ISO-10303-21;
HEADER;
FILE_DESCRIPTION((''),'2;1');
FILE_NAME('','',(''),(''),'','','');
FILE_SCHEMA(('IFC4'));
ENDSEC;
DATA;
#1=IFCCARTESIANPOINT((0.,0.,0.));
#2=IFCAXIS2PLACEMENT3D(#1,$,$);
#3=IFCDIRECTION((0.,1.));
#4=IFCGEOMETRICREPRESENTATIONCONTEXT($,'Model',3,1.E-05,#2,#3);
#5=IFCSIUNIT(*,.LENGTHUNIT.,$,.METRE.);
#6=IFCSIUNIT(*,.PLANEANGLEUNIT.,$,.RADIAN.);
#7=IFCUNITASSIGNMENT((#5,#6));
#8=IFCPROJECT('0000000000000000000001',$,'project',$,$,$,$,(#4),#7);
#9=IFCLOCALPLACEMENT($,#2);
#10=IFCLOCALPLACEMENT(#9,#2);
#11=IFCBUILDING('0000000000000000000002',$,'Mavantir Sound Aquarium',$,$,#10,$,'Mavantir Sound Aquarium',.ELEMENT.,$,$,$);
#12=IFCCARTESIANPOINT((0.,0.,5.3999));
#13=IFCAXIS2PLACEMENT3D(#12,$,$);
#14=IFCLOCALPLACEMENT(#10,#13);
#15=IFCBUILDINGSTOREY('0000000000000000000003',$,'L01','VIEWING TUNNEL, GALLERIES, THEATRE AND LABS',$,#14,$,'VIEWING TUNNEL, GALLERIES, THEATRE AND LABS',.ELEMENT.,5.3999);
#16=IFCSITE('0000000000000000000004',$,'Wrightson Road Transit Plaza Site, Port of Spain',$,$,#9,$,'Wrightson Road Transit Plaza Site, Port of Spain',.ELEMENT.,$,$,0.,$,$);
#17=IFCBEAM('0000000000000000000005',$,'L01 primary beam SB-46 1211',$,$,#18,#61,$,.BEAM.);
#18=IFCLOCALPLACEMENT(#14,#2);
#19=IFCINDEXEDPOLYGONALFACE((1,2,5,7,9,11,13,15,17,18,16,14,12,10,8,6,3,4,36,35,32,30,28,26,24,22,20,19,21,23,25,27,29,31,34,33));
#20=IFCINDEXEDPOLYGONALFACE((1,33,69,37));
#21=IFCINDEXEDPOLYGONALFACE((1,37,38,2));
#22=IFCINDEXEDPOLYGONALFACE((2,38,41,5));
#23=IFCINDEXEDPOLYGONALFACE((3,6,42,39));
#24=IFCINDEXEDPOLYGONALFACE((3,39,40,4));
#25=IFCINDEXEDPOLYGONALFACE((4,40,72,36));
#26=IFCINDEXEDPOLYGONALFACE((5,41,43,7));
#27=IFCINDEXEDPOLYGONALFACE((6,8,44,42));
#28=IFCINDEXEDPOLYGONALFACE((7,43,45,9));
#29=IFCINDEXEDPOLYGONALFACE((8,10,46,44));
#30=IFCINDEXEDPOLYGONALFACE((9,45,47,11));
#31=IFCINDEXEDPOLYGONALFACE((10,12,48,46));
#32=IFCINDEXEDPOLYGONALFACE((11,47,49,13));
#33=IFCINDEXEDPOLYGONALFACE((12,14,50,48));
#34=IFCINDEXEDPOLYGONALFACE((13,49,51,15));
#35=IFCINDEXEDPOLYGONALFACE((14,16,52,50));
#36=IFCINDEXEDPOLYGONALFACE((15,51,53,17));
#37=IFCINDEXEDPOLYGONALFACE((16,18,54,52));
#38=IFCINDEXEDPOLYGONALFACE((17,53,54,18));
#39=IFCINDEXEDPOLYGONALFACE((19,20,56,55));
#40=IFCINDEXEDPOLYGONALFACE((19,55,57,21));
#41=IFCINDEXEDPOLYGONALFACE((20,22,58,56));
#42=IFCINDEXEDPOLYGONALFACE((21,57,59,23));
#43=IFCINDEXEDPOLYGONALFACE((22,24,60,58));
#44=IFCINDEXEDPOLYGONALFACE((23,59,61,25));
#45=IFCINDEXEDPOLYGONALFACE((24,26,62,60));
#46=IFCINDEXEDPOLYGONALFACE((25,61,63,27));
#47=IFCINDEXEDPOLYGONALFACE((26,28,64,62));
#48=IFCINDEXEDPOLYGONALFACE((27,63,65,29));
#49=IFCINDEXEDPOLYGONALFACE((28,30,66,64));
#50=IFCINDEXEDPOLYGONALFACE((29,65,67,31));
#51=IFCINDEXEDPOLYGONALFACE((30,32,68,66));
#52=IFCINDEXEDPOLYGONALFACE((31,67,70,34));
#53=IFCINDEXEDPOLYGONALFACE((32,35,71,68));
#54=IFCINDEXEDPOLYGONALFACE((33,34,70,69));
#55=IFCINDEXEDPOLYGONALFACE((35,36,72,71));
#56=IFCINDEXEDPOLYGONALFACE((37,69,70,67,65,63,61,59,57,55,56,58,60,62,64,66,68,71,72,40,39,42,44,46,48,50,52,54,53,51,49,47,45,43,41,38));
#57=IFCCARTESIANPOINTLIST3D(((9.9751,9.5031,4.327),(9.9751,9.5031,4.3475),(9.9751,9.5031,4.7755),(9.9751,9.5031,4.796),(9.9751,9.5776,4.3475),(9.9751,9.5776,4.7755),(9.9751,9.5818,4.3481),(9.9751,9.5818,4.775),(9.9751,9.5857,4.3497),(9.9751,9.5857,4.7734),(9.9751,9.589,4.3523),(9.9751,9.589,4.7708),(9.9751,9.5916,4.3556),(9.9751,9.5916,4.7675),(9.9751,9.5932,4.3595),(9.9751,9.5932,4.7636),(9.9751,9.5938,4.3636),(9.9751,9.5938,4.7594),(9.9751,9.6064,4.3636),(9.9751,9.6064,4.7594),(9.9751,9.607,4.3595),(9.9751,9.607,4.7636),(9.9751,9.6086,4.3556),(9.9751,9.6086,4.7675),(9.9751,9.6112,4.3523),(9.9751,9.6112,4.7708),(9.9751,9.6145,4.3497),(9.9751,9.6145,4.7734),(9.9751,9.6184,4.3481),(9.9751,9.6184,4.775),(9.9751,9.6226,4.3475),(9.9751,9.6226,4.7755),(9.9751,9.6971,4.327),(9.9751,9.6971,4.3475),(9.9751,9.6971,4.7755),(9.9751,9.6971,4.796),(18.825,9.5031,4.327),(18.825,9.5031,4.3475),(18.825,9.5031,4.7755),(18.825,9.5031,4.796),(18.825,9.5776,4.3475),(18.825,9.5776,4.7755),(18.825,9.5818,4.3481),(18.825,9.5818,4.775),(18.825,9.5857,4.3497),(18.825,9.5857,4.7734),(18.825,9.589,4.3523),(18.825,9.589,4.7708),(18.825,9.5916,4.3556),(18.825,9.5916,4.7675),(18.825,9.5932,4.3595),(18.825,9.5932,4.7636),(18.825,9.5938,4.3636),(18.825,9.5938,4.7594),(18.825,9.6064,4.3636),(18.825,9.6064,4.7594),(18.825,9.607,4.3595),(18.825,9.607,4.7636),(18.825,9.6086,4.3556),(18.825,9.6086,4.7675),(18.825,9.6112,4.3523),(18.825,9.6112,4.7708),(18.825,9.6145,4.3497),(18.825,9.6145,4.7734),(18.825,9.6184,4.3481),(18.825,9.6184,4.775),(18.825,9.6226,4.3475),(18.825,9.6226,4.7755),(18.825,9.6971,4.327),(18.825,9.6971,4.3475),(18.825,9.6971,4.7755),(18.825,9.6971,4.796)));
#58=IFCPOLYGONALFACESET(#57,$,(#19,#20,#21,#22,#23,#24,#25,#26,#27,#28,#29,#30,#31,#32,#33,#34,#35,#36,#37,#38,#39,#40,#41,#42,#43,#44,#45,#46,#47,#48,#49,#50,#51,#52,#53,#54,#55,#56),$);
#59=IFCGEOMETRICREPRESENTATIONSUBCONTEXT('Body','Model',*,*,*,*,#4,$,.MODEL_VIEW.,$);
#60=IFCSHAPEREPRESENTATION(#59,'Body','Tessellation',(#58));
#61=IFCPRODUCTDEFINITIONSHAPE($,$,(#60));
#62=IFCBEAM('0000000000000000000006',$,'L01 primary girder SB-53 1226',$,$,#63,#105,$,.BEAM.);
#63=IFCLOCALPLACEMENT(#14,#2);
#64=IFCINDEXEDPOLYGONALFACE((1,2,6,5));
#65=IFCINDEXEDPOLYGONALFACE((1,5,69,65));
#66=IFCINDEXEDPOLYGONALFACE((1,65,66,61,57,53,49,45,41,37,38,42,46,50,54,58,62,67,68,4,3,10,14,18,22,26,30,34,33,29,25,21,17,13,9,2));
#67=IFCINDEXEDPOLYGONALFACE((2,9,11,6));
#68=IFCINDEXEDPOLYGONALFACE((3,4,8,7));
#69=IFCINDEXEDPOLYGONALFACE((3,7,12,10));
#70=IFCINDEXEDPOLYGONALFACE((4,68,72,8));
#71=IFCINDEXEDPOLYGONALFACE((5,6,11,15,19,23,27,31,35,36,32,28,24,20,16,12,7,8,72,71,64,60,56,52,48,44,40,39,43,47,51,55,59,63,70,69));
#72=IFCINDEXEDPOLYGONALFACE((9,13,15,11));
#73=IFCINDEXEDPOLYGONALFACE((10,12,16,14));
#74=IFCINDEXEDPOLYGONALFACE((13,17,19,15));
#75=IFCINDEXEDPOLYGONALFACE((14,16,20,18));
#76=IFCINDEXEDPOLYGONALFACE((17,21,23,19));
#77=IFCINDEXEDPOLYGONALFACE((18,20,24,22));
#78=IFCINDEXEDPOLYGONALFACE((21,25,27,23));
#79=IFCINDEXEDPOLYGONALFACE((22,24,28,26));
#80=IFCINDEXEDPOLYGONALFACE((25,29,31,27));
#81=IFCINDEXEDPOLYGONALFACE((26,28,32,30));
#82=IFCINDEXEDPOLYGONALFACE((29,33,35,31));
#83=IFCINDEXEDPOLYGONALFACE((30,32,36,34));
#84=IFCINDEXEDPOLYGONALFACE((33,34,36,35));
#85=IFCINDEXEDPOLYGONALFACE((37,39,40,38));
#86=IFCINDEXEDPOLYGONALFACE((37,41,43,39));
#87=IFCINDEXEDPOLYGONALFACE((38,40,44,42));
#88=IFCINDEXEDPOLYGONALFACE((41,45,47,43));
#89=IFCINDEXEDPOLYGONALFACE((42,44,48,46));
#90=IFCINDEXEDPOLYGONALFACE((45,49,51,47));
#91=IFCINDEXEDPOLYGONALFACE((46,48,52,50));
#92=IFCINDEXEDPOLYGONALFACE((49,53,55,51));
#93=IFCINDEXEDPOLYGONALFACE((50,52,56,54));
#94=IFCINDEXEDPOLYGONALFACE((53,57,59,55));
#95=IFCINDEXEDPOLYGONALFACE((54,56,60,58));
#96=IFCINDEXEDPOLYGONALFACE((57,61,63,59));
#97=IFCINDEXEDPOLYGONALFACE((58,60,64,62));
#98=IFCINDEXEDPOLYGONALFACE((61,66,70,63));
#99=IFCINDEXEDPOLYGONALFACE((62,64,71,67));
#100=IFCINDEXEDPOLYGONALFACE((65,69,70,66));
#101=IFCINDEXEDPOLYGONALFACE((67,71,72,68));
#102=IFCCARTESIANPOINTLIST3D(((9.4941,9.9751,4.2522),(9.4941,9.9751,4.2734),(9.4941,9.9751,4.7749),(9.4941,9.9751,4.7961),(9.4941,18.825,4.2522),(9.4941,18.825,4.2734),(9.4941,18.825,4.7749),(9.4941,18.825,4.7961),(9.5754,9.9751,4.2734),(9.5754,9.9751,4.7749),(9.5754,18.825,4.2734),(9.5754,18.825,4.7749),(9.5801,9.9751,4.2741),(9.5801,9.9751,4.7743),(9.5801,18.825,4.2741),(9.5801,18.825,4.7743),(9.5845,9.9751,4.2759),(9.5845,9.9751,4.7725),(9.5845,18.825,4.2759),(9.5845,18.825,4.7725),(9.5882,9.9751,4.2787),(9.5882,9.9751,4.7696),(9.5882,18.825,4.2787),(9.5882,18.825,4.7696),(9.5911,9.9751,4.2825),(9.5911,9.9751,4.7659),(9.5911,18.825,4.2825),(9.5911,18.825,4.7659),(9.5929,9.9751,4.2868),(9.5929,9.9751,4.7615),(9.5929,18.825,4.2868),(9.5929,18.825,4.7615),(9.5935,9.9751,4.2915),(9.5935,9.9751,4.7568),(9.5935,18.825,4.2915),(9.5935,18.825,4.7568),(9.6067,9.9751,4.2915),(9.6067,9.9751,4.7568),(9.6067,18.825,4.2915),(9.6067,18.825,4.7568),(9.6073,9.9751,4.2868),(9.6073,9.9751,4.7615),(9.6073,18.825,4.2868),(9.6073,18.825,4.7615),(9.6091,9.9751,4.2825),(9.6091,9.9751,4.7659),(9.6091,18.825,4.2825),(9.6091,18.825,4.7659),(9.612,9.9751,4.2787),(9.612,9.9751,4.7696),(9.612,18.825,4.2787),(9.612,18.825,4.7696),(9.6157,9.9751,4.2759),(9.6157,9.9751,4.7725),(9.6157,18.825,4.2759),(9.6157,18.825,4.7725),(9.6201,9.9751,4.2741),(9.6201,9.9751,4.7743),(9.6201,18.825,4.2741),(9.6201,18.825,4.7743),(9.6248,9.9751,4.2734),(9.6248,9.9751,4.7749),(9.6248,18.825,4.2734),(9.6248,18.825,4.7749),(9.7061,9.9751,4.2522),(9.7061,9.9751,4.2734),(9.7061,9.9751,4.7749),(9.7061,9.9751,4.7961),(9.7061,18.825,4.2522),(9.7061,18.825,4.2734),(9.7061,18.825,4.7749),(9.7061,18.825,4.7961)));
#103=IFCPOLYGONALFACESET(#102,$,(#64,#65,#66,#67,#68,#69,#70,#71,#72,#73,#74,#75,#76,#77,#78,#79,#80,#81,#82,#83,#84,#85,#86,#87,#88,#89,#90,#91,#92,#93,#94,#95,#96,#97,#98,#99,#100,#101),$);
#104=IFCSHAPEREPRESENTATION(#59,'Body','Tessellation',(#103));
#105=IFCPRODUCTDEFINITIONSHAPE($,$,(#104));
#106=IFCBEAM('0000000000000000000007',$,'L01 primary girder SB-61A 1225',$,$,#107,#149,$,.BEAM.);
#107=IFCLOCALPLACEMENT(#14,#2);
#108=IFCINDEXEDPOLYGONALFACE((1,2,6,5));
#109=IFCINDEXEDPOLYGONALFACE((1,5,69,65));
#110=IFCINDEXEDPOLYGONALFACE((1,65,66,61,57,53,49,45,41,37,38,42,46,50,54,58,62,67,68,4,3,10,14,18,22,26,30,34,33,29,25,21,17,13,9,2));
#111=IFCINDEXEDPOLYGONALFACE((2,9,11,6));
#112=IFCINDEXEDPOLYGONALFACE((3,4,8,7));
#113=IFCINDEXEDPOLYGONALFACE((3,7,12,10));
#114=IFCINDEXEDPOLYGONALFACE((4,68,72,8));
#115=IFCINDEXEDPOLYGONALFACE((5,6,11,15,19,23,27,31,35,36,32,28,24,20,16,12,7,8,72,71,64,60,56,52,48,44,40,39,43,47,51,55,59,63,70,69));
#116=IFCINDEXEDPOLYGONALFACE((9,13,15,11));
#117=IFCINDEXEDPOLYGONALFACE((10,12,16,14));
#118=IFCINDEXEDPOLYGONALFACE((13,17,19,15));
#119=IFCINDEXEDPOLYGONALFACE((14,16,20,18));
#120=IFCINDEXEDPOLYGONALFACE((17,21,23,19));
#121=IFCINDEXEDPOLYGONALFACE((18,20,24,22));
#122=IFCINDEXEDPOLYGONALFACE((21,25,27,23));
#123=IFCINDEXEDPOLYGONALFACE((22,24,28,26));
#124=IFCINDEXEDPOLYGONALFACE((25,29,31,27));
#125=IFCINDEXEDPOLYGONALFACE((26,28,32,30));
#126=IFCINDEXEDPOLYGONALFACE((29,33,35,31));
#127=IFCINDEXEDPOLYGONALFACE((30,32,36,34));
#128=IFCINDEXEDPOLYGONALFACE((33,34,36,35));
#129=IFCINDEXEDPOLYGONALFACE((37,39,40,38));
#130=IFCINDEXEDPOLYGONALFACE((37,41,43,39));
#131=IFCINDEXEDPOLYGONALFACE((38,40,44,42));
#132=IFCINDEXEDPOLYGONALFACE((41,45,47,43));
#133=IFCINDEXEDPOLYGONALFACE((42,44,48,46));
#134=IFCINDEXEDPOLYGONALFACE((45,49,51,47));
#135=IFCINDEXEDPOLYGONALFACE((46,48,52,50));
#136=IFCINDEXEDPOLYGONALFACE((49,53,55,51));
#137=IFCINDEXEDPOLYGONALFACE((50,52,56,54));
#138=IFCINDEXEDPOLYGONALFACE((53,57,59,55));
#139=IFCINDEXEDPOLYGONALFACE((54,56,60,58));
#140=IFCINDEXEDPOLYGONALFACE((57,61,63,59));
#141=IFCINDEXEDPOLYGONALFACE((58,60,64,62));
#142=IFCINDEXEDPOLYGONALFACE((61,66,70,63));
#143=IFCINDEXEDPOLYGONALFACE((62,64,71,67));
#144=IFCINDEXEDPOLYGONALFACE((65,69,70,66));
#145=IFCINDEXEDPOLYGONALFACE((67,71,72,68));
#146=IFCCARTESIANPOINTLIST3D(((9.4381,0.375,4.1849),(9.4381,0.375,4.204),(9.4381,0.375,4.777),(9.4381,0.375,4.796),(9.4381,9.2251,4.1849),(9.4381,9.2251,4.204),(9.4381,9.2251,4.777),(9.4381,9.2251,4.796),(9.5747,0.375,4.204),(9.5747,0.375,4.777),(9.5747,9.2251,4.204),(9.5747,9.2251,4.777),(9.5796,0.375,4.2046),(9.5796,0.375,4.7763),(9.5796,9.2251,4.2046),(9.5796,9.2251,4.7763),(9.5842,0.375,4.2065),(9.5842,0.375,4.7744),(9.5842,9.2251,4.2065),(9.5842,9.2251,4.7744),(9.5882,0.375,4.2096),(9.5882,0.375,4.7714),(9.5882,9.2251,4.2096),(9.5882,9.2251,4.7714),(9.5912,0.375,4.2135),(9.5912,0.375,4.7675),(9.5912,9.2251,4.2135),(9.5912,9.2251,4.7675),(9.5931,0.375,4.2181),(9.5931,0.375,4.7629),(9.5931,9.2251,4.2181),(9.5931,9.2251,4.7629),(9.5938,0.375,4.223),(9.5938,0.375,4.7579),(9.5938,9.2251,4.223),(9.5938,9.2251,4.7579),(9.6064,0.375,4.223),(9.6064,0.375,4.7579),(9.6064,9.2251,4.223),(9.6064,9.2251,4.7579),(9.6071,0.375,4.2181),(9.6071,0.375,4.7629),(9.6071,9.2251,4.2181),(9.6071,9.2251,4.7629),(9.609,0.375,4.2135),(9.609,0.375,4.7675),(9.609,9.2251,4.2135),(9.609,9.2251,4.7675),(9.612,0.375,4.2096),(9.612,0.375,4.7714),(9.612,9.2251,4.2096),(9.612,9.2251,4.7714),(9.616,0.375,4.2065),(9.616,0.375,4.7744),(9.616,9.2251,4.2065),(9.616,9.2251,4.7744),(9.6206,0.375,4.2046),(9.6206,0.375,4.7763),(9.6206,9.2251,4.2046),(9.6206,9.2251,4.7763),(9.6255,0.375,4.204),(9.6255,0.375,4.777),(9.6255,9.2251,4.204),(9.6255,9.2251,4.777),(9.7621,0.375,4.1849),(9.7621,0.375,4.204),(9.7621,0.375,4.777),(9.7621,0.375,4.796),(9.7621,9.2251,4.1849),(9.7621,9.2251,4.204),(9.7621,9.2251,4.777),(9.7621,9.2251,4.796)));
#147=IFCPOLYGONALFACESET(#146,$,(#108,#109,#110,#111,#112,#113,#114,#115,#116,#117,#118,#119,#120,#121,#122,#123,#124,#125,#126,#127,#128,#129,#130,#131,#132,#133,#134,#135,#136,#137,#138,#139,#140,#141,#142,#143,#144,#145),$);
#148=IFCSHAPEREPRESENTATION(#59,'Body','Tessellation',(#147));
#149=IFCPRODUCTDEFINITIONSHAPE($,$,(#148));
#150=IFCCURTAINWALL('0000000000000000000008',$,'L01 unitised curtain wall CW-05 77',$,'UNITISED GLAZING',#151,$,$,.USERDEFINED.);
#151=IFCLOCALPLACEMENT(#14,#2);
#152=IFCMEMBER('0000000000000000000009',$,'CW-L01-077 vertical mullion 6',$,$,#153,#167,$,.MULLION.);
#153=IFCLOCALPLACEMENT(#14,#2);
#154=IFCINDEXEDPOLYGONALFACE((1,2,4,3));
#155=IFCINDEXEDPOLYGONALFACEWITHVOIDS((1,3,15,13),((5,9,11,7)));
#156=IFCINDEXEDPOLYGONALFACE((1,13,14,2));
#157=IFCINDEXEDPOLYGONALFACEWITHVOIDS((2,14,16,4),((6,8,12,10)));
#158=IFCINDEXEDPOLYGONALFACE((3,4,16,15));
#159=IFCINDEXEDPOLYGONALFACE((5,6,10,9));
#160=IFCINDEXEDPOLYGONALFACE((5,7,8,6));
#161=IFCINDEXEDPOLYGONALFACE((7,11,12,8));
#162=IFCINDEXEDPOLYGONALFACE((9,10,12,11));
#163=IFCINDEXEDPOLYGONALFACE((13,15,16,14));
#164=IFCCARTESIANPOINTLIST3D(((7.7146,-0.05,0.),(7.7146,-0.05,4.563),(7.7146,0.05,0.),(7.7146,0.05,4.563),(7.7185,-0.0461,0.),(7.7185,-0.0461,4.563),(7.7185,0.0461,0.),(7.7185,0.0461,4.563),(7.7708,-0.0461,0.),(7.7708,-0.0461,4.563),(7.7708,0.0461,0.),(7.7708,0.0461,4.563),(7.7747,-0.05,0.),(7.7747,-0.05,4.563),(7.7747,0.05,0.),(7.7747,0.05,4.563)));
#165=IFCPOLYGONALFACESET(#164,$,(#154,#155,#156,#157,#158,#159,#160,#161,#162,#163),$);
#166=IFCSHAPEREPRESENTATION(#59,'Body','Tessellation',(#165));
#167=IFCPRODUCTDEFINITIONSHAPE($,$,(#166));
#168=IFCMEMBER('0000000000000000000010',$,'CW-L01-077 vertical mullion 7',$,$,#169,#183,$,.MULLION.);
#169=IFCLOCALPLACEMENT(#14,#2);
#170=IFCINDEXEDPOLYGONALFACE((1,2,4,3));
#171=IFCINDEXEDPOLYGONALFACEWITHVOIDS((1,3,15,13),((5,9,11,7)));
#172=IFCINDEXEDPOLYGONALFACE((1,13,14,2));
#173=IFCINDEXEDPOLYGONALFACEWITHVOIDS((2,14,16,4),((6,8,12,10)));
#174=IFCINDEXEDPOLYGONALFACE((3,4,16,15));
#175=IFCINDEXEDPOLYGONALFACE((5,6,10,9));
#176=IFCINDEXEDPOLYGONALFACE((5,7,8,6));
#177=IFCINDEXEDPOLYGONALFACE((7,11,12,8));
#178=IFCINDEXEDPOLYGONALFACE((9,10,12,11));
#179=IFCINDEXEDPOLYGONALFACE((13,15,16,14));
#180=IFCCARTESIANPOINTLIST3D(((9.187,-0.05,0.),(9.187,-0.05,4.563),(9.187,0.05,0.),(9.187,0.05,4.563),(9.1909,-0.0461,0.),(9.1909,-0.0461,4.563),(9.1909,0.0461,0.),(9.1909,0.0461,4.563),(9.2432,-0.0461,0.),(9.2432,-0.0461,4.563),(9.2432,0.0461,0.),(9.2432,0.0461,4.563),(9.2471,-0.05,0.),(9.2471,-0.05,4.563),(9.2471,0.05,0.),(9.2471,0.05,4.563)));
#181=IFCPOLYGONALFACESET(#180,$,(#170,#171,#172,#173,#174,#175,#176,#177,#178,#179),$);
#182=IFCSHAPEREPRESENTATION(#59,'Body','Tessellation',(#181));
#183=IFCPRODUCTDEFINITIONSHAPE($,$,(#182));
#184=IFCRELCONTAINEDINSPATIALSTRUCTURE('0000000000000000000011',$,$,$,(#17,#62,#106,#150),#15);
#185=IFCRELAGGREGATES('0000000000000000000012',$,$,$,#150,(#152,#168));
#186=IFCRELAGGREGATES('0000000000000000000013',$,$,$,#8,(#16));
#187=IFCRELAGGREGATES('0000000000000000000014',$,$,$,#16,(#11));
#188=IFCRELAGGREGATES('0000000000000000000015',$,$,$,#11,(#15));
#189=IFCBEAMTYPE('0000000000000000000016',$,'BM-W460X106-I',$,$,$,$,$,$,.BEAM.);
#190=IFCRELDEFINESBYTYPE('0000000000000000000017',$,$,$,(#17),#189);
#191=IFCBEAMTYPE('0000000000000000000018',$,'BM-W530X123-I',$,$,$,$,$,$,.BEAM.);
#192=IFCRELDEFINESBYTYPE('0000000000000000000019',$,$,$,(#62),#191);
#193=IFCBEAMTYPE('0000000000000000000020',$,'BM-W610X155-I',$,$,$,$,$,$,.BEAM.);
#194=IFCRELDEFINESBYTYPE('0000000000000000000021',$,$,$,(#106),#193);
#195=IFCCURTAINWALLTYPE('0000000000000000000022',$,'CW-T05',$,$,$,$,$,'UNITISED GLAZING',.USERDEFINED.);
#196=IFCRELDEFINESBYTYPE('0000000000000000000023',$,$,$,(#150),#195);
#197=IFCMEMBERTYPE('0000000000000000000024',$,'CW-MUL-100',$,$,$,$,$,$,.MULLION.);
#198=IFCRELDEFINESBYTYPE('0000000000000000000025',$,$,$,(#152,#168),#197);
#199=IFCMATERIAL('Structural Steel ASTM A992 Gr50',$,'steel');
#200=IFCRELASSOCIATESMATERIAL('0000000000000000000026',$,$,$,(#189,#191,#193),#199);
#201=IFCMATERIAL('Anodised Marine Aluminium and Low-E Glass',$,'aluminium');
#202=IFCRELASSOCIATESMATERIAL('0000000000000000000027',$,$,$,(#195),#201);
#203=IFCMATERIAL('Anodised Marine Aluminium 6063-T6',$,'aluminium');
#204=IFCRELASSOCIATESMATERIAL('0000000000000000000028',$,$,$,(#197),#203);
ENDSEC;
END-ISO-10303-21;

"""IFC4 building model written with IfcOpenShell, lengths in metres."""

from ifc_helpers import new_model, si_unit, direction, frame, origin, origin_2d, place, context, subcontext, project, spatial, hollow_rectangle, i_section, extrude, material, material_profile, profile_set, type_object, element, aggregate, save


model = new_model("IFC4")

# Units and contexts
model_context = context("Model", 3, precision=1e-05, world=origin(), true_north=direction((0.0, 1.0)))
body_context = subcontext(model_context, "Body", "Model", "MODEL_VIEW")
ifc_project = project(units=[si_unit("LENGTHUNIT", "METRE"), si_unit("PLANEANGLEUNIT", "RADIAN")], contexts=[model_context])

# Site, building, storey
site_placement = place(None, origin())
site = spatial("IfcSite", under=ifc_project, at=site_placement, Name="Wrightson Road Transit Plaza Site, Port of Spain", LongName="Wrightson Road Transit Plaza Site, Port of Spain", CompositionType="ELEMENT", RefElevation=0.0)
building_placement = place(site_placement, origin())
building = spatial("IfcBuilding", under=site, at=building_placement, Name="Mavantir Sound Aquarium", LongName="Mavantir Sound Aquarium", CompositionType="ELEMENT")
storey_placement = place(building_placement, frame((0.0, 0.0, 5.3999)))
storey = spatial("IfcBuildingStorey", under=building, at=storey_placement, Name="L01", Description="VIEWING TUNNEL, GALLERIES, THEATRE AND LABS", LongName="VIEWING TUNNEL, GALLERIES, THEATRE AND LABS", CompositionType="ELEMENT", Elevation=5.3999)

# Beams
ifc_material_1 = material(Name="Structural Steel ASTM A992 Gr50", Category="steel")
ifc_material_profile_1 = material_profile(ifc_material_1, i_section(OverallWidth=0.1941, OverallDepth=0.469, WebThickness=0.0127, FlangeThickness=0.0205, FilletRadius=0.0161, at=origin_2d()), Name="W460X106")
ifc_profile_set_1 = profile_set([ifc_material_profile_1], Name="Structural Steel ASTM A992 Gr50")
beam_type_1 = type_object("IfcBeamType", Name="BM-W460X106-I", PredefinedType="BEAM", material=ifc_profile_set_1)
beam_1_placement = place(storey_placement, frame((9.9751, 9.6001, 4.5615), z_axis=(1.0, 0.0, 0.0), x_axis=(0.0, 1.0, 0.0)))
element("IfcBeam", 1, at=beam_1_placement, inside=storey, type_object=beam_type_1, Name="L01 primary beam SB-46 1211", PredefinedType="BEAM", context=body_context, shape_type="SweptSolid", body=[
    extrude(i_section(OverallWidth=0.1941, OverallDepth=0.469, WebThickness=0.0127, FlangeThickness=0.0205, FilletRadius=0.0161, at=origin_2d()), origin(), (0.0, 0.0, 1.0), 8.8499),
])
ifc_material_profile_2 = material_profile(ifc_material_1, i_section(OverallWidth=0.2119, OverallDepth=0.5439, WebThickness=0.0132, FlangeThickness=0.0212, FilletRadius=0.0181, at=origin_2d()), Name="W530X123")
ifc_profile_set_2 = profile_set([ifc_material_profile_2], Name="Structural Steel ASTM A992 Gr50")
beam_type_2 = type_object("IfcBeamType", Name="BM-W530X123-I", PredefinedType="BEAM", material=ifc_profile_set_2)
beam_2_placement = place(storey_placement, frame((9.6001, 9.9751, 4.5242), z_axis=(0.0, 1.0, 0.0), x_axis=(-1.0, 0.0, 0.0)))
element("IfcBeam", 2, at=beam_2_placement, inside=storey, type_object=beam_type_2, Name="L01 primary girder SB-53 1226", PredefinedType="BEAM", context=body_context, shape_type="SweptSolid", body=[
    extrude(i_section(OverallWidth=0.2119, OverallDepth=0.5439, WebThickness=0.0132, FlangeThickness=0.0212, FilletRadius=0.0181, at=origin_2d()), origin(), (0.0, 0.0, 1.0), 8.8499),
])
ifc_material_profile_3 = material_profile(ifc_material_1, i_section(OverallWidth=0.324, OverallDepth=0.6111, WebThickness=0.0127, FlangeThickness=0.019, FilletRadius=0.019, at=origin_2d()), Name="W610X155")
ifc_profile_set_3 = profile_set([ifc_material_profile_3], Name="Structural Steel ASTM A992 Gr50")
beam_type_3 = type_object("IfcBeamType", Name="BM-W610X155-I", PredefinedType="BEAM", material=ifc_profile_set_3)
beam_3_placement = place(storey_placement, frame((9.6001, 0.375, 4.4905), z_axis=(0.0, 1.0, 0.0), x_axis=(-1.0, 0.0, 0.0)))
element("IfcBeam", 3, at=beam_3_placement, inside=storey, type_object=beam_type_3, Name="L01 primary girder SB-61A 1225", PredefinedType="BEAM", context=body_context, shape_type="SweptSolid", body=[
    extrude(i_section(OverallWidth=0.324, OverallDepth=0.6111, WebThickness=0.0127, FlangeThickness=0.019, FilletRadius=0.019, at=origin_2d()), origin(), (0.0, 0.0, 1.0), 8.8501),
])

# Curtain wall, members
ifc_material_2 = material(Name="Anodised Marine Aluminium and Low-E Glass", Category="aluminium")
curtain_wall_type_1 = type_object("IfcCurtainWallType", Name="CW-T05", ElementType="UNITISED GLAZING", PredefinedType="USERDEFINED", material=ifc_material_2)
curtain_wall_1_placement = place(storey_placement, origin())
curtain_wall_1 = element("IfcCurtainWall", 4, at=curtain_wall_1_placement, inside=storey, type_object=curtain_wall_type_1, Name="L01 unitised curtain wall CW-05 77", ObjectType="UNITISED GLAZING", PredefinedType="USERDEFINED")
ifc_material_3 = material(Name="Anodised Marine Aluminium 6063-T6", Category="aluminium")
ifc_material_profile_4 = material_profile(ifc_material_3, hollow_rectangle(XDim=0.0601, YDim=0.1001, WallThickness=0.0039, at=origin_2d()), Name="ALU-MULLION-100X60")
ifc_profile_set_4 = profile_set([ifc_material_profile_4], Name="Anodised Marine Aluminium 6063-T6")
member_type_1 = type_object("IfcMemberType", Name="CW-MUL-100", PredefinedType="MULLION", material=ifc_profile_set_4)
member_1_placement = place(storey_placement, frame((7.7446, 0.0, 0.0), z_axis=(0.0, 0.0, 1.0), x_axis=(1.0, 0.0, 0.0)))
member_1 = element("IfcMember", 5, at=member_1_placement, type_object=member_type_1, Name="CW-L01-077 vertical mullion 6", PredefinedType="MULLION", context=body_context, shape_type="SweptSolid", body=[
    extrude(hollow_rectangle(XDim=0.0601, YDim=0.1001, WallThickness=0.0039, at=origin_2d()), origin(), (0.0, 0.0, 1.0), 4.563),
])
member_2_placement = place(storey_placement, frame((9.217, 0.0, 0.0), z_axis=(0.0, 0.0, 1.0), x_axis=(1.0, 0.0, 0.0)))
member_2 = element("IfcMember", 6, at=member_2_placement, type_object=member_type_1, Name="CW-L01-077 vertical mullion 7", PredefinedType="MULLION", context=body_context, shape_type="SweptSolid", body=[
    extrude(hollow_rectangle(XDim=0.0601, YDim=0.1001, WallThickness=0.0039, at=origin_2d()), origin(), (0.0, 0.0, 1.0), 4.563),
])

aggregate(curtain_wall_1, [member_1, member_2])

save(model, "model.ifc")
